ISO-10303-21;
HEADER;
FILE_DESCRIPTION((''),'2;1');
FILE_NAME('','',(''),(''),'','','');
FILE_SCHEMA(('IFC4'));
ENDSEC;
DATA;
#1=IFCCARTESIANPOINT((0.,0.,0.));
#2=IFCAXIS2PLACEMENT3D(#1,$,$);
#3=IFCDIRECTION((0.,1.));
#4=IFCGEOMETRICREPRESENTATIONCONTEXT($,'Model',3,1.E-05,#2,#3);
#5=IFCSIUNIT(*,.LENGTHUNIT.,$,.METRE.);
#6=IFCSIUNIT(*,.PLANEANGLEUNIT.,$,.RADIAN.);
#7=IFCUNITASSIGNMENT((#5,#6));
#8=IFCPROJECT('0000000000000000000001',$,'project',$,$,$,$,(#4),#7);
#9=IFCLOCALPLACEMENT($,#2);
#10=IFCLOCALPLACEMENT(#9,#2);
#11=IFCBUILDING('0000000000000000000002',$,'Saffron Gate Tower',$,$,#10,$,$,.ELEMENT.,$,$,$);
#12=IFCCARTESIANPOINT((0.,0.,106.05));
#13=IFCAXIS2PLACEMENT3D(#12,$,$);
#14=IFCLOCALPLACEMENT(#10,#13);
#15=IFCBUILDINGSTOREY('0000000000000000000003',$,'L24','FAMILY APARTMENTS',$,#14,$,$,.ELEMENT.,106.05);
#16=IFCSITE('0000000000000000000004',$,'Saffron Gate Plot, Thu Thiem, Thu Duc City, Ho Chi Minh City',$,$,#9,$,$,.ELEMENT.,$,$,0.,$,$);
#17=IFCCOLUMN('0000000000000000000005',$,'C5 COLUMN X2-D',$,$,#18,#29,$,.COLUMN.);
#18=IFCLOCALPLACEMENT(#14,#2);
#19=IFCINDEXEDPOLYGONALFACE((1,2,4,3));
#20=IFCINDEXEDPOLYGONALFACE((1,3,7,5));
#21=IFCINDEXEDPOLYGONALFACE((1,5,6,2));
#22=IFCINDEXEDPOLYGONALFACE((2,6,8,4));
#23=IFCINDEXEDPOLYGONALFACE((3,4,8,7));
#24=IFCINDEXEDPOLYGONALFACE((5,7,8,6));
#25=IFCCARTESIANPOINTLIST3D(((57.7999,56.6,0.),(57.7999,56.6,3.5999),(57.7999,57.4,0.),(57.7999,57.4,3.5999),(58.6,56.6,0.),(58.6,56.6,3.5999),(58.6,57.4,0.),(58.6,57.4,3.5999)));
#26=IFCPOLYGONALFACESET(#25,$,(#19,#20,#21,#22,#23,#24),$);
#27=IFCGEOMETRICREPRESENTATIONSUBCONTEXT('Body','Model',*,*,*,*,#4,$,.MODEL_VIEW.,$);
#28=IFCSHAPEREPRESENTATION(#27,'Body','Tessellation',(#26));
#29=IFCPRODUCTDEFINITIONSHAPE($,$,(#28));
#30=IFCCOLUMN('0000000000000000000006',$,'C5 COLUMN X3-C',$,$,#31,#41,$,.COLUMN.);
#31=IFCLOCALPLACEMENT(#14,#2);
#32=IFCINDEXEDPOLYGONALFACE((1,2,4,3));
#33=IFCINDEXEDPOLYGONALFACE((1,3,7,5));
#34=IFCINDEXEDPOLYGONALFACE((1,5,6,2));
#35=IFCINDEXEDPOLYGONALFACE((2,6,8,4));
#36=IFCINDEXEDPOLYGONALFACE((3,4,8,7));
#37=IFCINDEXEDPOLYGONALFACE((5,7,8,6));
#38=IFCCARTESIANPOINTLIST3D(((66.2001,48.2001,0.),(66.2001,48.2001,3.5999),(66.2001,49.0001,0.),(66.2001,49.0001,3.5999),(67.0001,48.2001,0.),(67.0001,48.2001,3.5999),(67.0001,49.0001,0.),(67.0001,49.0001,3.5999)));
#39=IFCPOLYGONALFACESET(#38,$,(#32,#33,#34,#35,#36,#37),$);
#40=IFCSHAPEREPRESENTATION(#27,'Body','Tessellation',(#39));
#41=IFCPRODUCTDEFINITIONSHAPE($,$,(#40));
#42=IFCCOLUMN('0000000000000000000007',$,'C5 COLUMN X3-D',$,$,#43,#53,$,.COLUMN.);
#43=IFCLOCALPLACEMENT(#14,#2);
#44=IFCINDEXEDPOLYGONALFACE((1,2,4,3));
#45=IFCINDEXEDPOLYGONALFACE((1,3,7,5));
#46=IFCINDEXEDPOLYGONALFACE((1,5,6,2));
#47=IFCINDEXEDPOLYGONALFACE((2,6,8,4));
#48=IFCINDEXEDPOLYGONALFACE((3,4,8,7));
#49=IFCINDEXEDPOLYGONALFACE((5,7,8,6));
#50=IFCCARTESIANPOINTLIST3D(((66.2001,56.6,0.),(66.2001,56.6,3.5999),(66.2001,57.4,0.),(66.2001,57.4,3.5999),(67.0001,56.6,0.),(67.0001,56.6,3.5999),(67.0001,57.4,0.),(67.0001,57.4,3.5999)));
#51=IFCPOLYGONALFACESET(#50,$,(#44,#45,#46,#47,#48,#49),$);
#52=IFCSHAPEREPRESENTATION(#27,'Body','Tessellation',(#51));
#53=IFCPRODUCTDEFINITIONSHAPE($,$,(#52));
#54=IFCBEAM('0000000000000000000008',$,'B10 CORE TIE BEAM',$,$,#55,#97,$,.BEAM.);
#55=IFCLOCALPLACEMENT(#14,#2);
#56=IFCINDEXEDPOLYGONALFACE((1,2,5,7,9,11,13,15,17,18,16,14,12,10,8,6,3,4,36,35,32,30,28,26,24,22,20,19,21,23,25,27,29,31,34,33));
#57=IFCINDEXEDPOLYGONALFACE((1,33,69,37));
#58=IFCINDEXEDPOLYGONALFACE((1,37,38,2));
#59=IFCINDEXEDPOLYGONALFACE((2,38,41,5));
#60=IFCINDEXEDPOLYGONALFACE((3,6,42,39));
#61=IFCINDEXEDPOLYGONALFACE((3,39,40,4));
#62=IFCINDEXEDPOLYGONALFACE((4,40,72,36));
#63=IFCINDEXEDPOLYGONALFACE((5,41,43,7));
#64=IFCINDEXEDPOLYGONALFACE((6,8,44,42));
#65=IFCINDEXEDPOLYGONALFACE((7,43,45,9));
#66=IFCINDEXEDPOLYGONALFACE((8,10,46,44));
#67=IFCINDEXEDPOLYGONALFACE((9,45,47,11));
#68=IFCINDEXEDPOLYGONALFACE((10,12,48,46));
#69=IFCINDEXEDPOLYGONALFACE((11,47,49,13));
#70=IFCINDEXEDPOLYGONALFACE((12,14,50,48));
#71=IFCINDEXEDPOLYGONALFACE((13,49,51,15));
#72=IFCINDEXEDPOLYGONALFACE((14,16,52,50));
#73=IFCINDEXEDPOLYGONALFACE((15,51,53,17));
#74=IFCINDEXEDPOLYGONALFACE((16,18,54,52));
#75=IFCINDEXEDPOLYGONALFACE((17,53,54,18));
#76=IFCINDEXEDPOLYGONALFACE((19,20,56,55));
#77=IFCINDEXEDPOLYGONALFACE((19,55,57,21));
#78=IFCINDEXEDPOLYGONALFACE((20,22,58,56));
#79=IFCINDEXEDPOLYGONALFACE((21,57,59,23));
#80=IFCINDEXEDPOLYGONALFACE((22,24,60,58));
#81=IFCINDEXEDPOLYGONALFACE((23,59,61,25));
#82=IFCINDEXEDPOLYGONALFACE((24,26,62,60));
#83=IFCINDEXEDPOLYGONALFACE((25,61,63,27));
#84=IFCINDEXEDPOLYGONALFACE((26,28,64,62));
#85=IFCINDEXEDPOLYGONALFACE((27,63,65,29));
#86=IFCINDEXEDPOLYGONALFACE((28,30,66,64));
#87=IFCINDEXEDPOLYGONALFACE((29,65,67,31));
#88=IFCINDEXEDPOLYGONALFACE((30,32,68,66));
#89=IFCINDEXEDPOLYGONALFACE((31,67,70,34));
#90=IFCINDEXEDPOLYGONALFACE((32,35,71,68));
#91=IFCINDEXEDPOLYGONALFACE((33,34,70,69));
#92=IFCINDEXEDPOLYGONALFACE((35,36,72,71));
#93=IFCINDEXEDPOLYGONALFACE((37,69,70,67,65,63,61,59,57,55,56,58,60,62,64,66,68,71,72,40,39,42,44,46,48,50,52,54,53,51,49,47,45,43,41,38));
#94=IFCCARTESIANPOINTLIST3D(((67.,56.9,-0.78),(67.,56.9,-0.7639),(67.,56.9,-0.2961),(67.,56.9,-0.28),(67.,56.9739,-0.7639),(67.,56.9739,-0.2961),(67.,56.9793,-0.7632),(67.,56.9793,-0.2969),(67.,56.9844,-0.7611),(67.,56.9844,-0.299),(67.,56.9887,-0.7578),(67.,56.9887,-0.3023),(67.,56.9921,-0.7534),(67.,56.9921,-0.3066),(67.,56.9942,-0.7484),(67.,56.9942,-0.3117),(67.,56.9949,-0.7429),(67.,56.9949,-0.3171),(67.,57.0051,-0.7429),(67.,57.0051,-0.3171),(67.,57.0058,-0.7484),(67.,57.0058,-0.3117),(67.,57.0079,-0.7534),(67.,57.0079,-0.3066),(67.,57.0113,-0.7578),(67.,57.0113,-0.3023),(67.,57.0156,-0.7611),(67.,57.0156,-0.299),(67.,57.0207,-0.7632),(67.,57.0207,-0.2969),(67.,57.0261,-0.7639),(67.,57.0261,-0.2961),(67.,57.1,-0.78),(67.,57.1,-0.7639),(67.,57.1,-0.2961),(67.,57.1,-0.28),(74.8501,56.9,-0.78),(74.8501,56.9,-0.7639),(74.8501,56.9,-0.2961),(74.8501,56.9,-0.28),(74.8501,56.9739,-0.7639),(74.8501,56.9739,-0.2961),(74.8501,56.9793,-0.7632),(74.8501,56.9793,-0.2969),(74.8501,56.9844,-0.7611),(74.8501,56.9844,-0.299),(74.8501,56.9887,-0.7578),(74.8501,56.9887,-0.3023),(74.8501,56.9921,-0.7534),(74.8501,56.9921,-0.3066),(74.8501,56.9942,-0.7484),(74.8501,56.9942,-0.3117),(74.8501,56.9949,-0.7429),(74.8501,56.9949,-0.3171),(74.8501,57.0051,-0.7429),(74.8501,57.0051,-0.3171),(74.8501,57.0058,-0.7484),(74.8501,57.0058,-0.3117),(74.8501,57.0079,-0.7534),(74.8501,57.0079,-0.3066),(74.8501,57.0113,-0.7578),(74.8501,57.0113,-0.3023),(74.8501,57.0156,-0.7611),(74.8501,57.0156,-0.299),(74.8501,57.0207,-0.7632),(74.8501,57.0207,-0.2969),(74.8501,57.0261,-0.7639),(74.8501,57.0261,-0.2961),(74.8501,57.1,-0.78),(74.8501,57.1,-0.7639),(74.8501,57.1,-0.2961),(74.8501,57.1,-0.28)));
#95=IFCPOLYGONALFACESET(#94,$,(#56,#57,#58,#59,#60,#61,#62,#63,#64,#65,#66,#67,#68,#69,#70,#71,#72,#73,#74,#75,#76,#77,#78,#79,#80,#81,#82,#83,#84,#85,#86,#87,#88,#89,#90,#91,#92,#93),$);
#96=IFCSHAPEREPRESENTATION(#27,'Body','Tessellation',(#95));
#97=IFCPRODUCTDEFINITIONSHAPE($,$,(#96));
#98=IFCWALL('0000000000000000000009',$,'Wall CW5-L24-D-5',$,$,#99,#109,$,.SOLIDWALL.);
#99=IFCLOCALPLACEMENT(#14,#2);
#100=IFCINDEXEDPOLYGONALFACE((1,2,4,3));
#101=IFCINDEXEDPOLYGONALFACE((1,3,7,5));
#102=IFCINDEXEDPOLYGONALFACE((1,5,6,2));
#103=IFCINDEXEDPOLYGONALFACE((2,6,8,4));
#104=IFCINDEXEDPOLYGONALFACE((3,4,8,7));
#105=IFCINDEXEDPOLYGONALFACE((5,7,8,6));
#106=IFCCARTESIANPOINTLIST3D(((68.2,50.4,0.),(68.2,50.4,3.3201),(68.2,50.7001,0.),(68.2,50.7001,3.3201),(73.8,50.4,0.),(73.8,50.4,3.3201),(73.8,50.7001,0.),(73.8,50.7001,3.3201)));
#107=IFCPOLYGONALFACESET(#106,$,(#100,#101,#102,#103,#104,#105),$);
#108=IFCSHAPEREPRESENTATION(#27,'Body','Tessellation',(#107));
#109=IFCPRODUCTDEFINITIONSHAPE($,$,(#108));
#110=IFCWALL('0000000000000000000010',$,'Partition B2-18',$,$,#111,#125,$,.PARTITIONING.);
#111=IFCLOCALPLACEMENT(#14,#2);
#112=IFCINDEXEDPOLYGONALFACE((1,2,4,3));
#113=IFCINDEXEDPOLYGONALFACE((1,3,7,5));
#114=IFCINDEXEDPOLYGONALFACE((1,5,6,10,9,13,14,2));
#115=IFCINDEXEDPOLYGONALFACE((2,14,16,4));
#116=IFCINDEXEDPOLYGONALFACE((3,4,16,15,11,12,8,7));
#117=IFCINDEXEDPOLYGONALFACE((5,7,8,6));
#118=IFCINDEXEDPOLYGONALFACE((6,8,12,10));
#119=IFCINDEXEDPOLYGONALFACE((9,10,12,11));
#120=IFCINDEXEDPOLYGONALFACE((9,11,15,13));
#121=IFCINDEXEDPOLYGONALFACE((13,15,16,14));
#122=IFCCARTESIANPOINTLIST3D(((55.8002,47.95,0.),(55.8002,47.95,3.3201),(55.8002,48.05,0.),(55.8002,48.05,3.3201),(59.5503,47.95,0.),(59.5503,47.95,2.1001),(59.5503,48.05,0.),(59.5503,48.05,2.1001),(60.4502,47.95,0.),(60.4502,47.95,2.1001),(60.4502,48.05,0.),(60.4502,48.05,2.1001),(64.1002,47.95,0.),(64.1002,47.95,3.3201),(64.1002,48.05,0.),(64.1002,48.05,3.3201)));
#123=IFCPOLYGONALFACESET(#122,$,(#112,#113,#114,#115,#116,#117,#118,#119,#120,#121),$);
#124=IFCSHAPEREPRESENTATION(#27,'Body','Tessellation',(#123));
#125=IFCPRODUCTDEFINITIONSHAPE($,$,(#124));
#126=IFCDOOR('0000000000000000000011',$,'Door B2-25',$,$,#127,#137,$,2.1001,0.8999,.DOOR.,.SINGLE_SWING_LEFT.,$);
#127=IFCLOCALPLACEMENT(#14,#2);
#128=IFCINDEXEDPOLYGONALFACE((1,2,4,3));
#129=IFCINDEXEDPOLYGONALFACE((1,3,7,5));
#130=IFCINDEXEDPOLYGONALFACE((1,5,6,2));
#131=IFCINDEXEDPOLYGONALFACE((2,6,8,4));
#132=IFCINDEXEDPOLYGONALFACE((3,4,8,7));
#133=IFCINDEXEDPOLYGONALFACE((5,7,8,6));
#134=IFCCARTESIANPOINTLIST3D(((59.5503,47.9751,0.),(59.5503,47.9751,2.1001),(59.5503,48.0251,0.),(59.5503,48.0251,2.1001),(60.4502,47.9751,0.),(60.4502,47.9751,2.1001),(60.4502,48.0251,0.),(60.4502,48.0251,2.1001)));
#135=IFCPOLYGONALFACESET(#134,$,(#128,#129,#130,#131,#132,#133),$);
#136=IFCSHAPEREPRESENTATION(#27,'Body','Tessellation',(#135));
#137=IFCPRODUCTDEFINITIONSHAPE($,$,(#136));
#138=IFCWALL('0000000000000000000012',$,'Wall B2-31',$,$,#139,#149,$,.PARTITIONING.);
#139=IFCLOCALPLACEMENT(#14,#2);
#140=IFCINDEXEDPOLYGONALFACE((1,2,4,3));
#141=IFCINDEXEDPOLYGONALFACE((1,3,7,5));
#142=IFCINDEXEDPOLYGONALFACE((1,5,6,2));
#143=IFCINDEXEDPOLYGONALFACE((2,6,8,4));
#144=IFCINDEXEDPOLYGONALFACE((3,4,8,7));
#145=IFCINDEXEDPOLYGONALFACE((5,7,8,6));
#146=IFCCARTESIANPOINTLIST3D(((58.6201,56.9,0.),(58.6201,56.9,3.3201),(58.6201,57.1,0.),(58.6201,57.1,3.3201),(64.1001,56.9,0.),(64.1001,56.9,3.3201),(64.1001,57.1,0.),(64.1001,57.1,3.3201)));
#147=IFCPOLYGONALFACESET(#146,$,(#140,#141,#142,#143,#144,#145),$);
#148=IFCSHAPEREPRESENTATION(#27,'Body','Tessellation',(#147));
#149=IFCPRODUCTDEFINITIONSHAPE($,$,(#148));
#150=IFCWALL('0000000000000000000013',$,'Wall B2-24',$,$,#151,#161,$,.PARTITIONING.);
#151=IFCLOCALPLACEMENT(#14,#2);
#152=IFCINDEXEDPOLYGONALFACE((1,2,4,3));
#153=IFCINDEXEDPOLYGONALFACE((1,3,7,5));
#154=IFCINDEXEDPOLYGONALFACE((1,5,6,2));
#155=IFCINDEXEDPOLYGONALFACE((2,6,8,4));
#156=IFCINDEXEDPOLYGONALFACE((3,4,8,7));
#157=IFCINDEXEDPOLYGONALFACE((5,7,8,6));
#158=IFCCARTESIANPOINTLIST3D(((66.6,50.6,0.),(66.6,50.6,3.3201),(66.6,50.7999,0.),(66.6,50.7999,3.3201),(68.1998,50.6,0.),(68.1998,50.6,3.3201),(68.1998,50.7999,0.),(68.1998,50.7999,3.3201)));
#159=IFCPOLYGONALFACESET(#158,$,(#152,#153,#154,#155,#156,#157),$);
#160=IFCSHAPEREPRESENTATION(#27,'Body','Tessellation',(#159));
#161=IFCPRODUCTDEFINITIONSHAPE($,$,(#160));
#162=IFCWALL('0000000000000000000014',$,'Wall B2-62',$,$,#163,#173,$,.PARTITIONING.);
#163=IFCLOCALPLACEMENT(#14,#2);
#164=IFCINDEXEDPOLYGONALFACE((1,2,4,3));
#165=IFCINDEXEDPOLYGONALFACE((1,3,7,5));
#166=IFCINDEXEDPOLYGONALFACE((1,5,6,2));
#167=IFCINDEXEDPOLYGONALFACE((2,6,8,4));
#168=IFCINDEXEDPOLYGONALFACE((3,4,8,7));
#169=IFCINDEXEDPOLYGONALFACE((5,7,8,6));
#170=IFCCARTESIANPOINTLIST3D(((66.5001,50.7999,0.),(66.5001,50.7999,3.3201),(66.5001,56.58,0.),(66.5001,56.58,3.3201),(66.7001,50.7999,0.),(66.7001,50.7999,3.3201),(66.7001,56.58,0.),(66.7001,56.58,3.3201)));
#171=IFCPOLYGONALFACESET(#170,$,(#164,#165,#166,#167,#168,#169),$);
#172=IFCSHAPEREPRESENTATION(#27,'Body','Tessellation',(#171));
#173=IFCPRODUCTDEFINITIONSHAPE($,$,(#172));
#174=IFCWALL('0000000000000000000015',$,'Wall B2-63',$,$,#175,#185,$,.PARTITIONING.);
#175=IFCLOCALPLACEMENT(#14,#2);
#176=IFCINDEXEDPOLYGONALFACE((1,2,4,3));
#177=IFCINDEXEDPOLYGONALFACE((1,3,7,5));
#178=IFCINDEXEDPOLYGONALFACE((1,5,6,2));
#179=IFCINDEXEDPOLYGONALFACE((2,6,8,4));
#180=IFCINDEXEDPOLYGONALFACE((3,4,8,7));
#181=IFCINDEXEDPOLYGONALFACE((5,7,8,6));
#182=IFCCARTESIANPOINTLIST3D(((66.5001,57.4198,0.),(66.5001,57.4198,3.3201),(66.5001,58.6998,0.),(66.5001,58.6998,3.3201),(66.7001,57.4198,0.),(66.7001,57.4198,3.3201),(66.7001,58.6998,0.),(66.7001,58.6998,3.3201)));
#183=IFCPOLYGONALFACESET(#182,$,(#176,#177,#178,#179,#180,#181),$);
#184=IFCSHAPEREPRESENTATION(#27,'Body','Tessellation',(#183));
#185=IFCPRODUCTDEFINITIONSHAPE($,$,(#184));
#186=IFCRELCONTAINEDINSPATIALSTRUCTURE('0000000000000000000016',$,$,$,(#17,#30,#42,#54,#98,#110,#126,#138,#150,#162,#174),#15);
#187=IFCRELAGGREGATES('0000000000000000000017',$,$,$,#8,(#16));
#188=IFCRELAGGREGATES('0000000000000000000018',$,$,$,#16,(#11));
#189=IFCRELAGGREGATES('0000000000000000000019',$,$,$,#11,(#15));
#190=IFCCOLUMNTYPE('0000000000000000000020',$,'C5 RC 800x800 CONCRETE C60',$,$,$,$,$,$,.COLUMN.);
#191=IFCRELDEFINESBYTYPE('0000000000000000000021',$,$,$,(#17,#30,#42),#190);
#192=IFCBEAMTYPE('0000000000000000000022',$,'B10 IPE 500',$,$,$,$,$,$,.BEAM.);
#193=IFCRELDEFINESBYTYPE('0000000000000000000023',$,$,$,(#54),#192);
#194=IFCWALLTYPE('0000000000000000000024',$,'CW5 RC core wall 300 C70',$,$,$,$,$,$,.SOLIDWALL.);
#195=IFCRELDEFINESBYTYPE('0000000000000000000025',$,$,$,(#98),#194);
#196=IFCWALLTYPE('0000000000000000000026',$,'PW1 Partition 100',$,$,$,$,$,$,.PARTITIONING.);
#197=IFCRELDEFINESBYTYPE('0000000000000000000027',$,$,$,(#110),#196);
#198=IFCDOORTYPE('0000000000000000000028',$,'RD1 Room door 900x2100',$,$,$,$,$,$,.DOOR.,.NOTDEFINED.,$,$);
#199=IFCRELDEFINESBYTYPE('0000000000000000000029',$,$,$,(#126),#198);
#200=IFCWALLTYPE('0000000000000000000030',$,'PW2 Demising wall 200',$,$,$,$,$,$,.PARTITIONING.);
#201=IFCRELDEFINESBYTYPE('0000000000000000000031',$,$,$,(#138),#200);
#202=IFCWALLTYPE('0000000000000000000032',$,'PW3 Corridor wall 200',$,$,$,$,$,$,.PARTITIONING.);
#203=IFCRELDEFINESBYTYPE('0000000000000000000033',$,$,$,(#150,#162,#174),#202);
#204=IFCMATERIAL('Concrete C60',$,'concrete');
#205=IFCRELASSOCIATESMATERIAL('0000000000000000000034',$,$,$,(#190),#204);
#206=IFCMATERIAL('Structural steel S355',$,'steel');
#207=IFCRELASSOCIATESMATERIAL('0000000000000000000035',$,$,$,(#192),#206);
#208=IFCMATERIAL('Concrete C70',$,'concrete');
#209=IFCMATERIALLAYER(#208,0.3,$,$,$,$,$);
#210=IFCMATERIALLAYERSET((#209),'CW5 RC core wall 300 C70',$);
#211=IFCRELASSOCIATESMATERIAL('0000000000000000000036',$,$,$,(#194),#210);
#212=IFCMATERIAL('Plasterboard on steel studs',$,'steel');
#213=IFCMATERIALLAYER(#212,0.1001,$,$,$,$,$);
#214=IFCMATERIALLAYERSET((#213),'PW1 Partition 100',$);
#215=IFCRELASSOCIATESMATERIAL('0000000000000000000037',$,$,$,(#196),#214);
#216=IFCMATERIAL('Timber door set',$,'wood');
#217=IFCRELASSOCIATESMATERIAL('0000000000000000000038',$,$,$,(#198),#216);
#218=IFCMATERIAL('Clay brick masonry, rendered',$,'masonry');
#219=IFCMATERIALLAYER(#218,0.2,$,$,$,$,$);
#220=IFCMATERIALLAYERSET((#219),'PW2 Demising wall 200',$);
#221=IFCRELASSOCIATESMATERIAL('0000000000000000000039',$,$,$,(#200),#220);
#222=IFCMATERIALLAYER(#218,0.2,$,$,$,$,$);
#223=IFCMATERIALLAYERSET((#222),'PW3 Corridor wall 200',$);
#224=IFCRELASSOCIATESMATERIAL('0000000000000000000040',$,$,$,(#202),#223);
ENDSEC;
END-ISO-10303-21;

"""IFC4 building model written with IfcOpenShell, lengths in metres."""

from ifc_helpers import new_model, si_unit, direction, frame, frame_2d, origin, origin_2d, place, context, subcontext, project, spatial, rectangle, i_section, extrude, material, layer, layer_set, material_profile, profile_set, type_object, element, fill, save


model = new_model("IFC4")

# Units and contexts
model_context = context("Model", 3, precision=1e-05, world=origin(), true_north=direction((0.0, 1.0)))
body_context = subcontext(model_context, "Body", "Model", "MODEL_VIEW")
ifc_project = project(units=[si_unit("LENGTHUNIT", "METRE"), si_unit("PLANEANGLEUNIT", "RADIAN")], contexts=[model_context])

# Site, building, storey
site_placement = place(None, origin())
site = spatial("IfcSite", under=ifc_project, at=site_placement, Name="Saffron Gate Plot, Thu Thiem, Thu Duc City, Ho Chi Minh City", CompositionType="ELEMENT", RefElevation=0.0)
building_placement = place(site_placement, origin())
building = spatial("IfcBuilding", under=site, at=building_placement, Name="Saffron Gate Tower", CompositionType="ELEMENT")
storey_placement = place(building_placement, frame((0.0, 0.0, 106.05)))
storey = spatial("IfcBuildingStorey", under=building, at=storey_placement, Name="L24", Description="FAMILY APARTMENTS", CompositionType="ELEMENT", Elevation=106.05)

# Columns
ifc_material_1 = material(Name="Concrete C60", Category="concrete")
ifc_material_profile_1 = material_profile(ifc_material_1, rectangle(XDim=0.8, YDim=0.8, at=origin_2d()))
ifc_profile_set_1 = profile_set([ifc_material_profile_1], Name="Concrete C60")
column_type = type_object("IfcColumnType", Name="C5 RC 800x800 CONCRETE C60", PredefinedType="COLUMN", material=ifc_profile_set_1)
for number, where, z_axis, x_axis, name in (
    (1, (58.2, 57.0, 0.0), (0.0, 0.0, 1.0), (1.0, 0.0, 0.0), "C5 COLUMN X2-D"),
    (2, (66.6001, 48.6001, 0.0), (0.0, 0.0, 1.0), (1.0, 0.0, 0.0), "C5 COLUMN X3-C"),
    (3, (66.6001, 57.0, 0.0), (0.0, 0.0, 1.0), (1.0, 0.0, 0.0), "C5 COLUMN X3-D"),
):
    element("IfcColumn", number, at=place(storey_placement, frame(where, z_axis=z_axis, x_axis=x_axis)), inside=storey, type_object=column_type, Name=name, PredefinedType="COLUMN", context=body_context, shape_type="SweptSolid", body=[
        extrude(rectangle(XDim=0.8, YDim=0.8, at=origin_2d()), origin(), (0.0, 0.0, 1.0), 3.5999),
    ])

# Beam
ifc_material_2 = material(Name="Structural steel S355", Category="steel")
ifc_material_profile_2 = material_profile(ifc_material_2, i_section(OverallWidth=0.2, OverallDepth=0.5, WebThickness=0.0103, FlangeThickness=0.0161, FilletRadius=0.021, at=origin_2d()))
ifc_profile_set_2 = profile_set([ifc_material_profile_2], Name="Structural steel S355")
beam_type = type_object("IfcBeamType", Name="B10 IPE 500", PredefinedType="BEAM", material=ifc_profile_set_2)
beam_placement = place(storey_placement, frame((67.0, 57.0, -0.53), z_axis=(1.0, 0.0, 0.0), x_axis=(0.0, 1.0, 0.0)))
element("IfcBeam", 4, at=beam_placement, inside=storey, type_object=beam_type, Name="B10 CORE TIE BEAM", PredefinedType="BEAM", context=body_context, shape_type="SweptSolid", body=[
    extrude(i_section(OverallWidth=0.2, OverallDepth=0.5, WebThickness=0.0103, FlangeThickness=0.0161, FilletRadius=0.021, at=origin_2d()), origin(), (0.0, 0.0, 1.0), 7.8501),
])

# Wall
ifc_material_3 = material(Name="Concrete C70", Category="concrete")
ifc_layer_1 = layer(ifc_material_3, 0.3)
ifc_layer_set_1 = layer_set([ifc_layer_1], Name="CW5 RC core wall 300 C70")
wall_type_1 = type_object("IfcWallType", Name="CW5 RC core wall 300 C70", PredefinedType="SOLIDWALL", material=ifc_layer_set_1)
wall_1_placement = place(storey_placement, frame((68.2, 50.55, 0.0), z_axis=(0.0, 0.0, 1.0), x_axis=(1.0, 0.0, 0.0)))
element("IfcWall", 5, at=wall_1_placement, inside=storey, type_object=wall_type_1, Name="Wall CW5-L24-D-5", PredefinedType="SOLIDWALL", context=body_context, shape_type="SweptSolid", body=[
    extrude(rectangle(XDim=5.6001, YDim=0.3, at=frame_2d((2.8, 0.0))), origin(), (0.0, 0.0, 1.0), 3.3201),
])

# Wall, opening, door
ifc_material_4 = material(Name="Plasterboard on steel studs", Category="steel")
ifc_layer_2 = layer(ifc_material_4, 0.1001)
ifc_layer_set_2 = layer_set([ifc_layer_2], Name="PW1 Partition 100")
wall_type_2 = type_object("IfcWallType", Name="PW1 Partition 100", PredefinedType="PARTITIONING", material=ifc_layer_set_2)
wall_2_placement = place(storey_placement, frame((64.1001, 48.0, 0.0), z_axis=(0.0, 0.0, 1.0), x_axis=(-1.0, 0.0, 0.0)))
wall_2 = element("IfcWall", 6, at=wall_2_placement, inside=storey, type_object=wall_type_2, Name="Partition B2-18", PredefinedType="PARTITIONING", context=body_context, shape_type="SweptSolid", body=[
    extrude(rectangle(XDim=8.3, YDim=0.1001, at=frame_2d((4.1499, 0.0))), origin(), (0.0, 0.0, 1.0), 3.3201),
])
opening_placement = place(wall_2_placement, frame((3.6499, 0.0, 0.0)))
opening = element("IfcOpeningElement", 7, at=opening_placement, cuts=wall_2, PredefinedType="OPENING", context=body_context, shape_type="SweptSolid", body=[
    extrude(rectangle(XDim=0.8999, YDim=2.1001, at=frame_2d((0.45, 1.05))), frame((0.0, 0.0601, 0.0), z_axis=(0.0, -1.0, 0.0), x_axis=(1.0, 0.0, 0.0)), (0.0, 0.0, 1.0), 0.1201),
])
ifc_material_5 = material(Name="Timber door set", Category="wood")
door_type = type_object("IfcDoorType", Name="RD1 Room door 900x2100", OperationType="NOTDEFINED", PredefinedType="DOOR", material=ifc_material_5)
door_placement = place(opening_placement, origin())
door = element("IfcDoor", 8, at=door_placement, inside=storey, type_object=door_type, Name="Door B2-25", OperationType="SINGLE_SWING_LEFT", OverallHeight=2.1001, OverallWidth=0.8999, PredefinedType="DOOR", context=body_context, shape_type="SweptSolid", body=[
    extrude(rectangle(XDim=0.8999, YDim=2.1001, at=frame_2d((0.45, 1.05))), frame((0.0, 0.0249, 0.0), z_axis=(0.0, -1.0, 0.0), x_axis=(1.0, 0.0, 0.0)), (0.0, 0.0, 1.0), 0.05),
])
fill(opening, door)

# Walls
ifc_material_6 = material(Name="Clay brick masonry, rendered", Category="masonry")
ifc_layer_3 = layer(ifc_material_6, 0.2)
ifc_layer_set_3 = layer_set([ifc_layer_3], Name="PW2 Demising wall 200")
wall_type_3 = type_object("IfcWallType", Name="PW2 Demising wall 200", PredefinedType="PARTITIONING", material=ifc_layer_set_3)
wall_3_placement = place(storey_placement, frame((58.6201, 57.0, 0.0), z_axis=(0.0, 0.0, 1.0), x_axis=(1.0, 0.0, 0.0)))
element("IfcWall", 9, at=wall_3_placement, inside=storey, type_object=wall_type_3, Name="Wall B2-31", PredefinedType="PARTITIONING", context=body_context, shape_type="SweptSolid", body=[
    extrude(rectangle(XDim=5.48, YDim=0.2, at=frame_2d((2.74, 0.0))), origin(), (0.0, 0.0, 1.0), 3.3201),
])
ifc_layer_4 = layer(ifc_material_6, 0.2)
ifc_layer_set_4 = layer_set([ifc_layer_4], Name="PW3 Corridor wall 200")
wall_type_4 = type_object("IfcWallType", Name="PW3 Corridor wall 200", PredefinedType="PARTITIONING", material=ifc_layer_set_4)
wall_4_placement = place(storey_placement, frame((66.6001, 50.7, 0.0), z_axis=(0.0, 0.0, 1.0), x_axis=(1.0, 0.0, 0.0)))
element("IfcWall", 10, at=wall_4_placement, inside=storey, type_object=wall_type_4, Name="Wall B2-24", PredefinedType="PARTITIONING", context=body_context, shape_type="SweptSolid", body=[
    extrude(rectangle(XDim=1.5999, YDim=0.2, at=frame_2d((0.7998, 0.0))), origin(), (0.0, 0.0, 1.0), 3.3201),
])
wall_5_placement = place(storey_placement, frame((66.6001, 56.5801, 0.0), z_axis=(0.0, 0.0, 1.0), x_axis=(0.0, -1.0, 0.0)))
element("IfcWall", 11, at=wall_5_placement, inside=storey, type_object=wall_type_4, Name="Wall B2-62", PredefinedType="PARTITIONING", context=body_context, shape_type="SweptSolid", body=[
    extrude(rectangle(XDim=5.78, YDim=0.2, at=frame_2d((2.8901, 0.0))), origin(), (0.0, 0.0, 1.0), 3.3201),
])
wall_6_placement = place(storey_placement, frame((66.6001, 58.7, 0.0), z_axis=(0.0, 0.0, 1.0), x_axis=(0.0, -1.0, 0.0)))
element("IfcWall", 12, at=wall_6_placement, inside=storey, type_object=wall_type_4, Name="Wall B2-63", PredefinedType="PARTITIONING", context=body_context, shape_type="SweptSolid", body=[
    extrude(rectangle(XDim=1.28, YDim=0.2, at=frame_2d((0.6401, 0.0))), origin(), (0.0, 0.0, 1.0), 3.3201),
])

save(model, "model.ifc")
